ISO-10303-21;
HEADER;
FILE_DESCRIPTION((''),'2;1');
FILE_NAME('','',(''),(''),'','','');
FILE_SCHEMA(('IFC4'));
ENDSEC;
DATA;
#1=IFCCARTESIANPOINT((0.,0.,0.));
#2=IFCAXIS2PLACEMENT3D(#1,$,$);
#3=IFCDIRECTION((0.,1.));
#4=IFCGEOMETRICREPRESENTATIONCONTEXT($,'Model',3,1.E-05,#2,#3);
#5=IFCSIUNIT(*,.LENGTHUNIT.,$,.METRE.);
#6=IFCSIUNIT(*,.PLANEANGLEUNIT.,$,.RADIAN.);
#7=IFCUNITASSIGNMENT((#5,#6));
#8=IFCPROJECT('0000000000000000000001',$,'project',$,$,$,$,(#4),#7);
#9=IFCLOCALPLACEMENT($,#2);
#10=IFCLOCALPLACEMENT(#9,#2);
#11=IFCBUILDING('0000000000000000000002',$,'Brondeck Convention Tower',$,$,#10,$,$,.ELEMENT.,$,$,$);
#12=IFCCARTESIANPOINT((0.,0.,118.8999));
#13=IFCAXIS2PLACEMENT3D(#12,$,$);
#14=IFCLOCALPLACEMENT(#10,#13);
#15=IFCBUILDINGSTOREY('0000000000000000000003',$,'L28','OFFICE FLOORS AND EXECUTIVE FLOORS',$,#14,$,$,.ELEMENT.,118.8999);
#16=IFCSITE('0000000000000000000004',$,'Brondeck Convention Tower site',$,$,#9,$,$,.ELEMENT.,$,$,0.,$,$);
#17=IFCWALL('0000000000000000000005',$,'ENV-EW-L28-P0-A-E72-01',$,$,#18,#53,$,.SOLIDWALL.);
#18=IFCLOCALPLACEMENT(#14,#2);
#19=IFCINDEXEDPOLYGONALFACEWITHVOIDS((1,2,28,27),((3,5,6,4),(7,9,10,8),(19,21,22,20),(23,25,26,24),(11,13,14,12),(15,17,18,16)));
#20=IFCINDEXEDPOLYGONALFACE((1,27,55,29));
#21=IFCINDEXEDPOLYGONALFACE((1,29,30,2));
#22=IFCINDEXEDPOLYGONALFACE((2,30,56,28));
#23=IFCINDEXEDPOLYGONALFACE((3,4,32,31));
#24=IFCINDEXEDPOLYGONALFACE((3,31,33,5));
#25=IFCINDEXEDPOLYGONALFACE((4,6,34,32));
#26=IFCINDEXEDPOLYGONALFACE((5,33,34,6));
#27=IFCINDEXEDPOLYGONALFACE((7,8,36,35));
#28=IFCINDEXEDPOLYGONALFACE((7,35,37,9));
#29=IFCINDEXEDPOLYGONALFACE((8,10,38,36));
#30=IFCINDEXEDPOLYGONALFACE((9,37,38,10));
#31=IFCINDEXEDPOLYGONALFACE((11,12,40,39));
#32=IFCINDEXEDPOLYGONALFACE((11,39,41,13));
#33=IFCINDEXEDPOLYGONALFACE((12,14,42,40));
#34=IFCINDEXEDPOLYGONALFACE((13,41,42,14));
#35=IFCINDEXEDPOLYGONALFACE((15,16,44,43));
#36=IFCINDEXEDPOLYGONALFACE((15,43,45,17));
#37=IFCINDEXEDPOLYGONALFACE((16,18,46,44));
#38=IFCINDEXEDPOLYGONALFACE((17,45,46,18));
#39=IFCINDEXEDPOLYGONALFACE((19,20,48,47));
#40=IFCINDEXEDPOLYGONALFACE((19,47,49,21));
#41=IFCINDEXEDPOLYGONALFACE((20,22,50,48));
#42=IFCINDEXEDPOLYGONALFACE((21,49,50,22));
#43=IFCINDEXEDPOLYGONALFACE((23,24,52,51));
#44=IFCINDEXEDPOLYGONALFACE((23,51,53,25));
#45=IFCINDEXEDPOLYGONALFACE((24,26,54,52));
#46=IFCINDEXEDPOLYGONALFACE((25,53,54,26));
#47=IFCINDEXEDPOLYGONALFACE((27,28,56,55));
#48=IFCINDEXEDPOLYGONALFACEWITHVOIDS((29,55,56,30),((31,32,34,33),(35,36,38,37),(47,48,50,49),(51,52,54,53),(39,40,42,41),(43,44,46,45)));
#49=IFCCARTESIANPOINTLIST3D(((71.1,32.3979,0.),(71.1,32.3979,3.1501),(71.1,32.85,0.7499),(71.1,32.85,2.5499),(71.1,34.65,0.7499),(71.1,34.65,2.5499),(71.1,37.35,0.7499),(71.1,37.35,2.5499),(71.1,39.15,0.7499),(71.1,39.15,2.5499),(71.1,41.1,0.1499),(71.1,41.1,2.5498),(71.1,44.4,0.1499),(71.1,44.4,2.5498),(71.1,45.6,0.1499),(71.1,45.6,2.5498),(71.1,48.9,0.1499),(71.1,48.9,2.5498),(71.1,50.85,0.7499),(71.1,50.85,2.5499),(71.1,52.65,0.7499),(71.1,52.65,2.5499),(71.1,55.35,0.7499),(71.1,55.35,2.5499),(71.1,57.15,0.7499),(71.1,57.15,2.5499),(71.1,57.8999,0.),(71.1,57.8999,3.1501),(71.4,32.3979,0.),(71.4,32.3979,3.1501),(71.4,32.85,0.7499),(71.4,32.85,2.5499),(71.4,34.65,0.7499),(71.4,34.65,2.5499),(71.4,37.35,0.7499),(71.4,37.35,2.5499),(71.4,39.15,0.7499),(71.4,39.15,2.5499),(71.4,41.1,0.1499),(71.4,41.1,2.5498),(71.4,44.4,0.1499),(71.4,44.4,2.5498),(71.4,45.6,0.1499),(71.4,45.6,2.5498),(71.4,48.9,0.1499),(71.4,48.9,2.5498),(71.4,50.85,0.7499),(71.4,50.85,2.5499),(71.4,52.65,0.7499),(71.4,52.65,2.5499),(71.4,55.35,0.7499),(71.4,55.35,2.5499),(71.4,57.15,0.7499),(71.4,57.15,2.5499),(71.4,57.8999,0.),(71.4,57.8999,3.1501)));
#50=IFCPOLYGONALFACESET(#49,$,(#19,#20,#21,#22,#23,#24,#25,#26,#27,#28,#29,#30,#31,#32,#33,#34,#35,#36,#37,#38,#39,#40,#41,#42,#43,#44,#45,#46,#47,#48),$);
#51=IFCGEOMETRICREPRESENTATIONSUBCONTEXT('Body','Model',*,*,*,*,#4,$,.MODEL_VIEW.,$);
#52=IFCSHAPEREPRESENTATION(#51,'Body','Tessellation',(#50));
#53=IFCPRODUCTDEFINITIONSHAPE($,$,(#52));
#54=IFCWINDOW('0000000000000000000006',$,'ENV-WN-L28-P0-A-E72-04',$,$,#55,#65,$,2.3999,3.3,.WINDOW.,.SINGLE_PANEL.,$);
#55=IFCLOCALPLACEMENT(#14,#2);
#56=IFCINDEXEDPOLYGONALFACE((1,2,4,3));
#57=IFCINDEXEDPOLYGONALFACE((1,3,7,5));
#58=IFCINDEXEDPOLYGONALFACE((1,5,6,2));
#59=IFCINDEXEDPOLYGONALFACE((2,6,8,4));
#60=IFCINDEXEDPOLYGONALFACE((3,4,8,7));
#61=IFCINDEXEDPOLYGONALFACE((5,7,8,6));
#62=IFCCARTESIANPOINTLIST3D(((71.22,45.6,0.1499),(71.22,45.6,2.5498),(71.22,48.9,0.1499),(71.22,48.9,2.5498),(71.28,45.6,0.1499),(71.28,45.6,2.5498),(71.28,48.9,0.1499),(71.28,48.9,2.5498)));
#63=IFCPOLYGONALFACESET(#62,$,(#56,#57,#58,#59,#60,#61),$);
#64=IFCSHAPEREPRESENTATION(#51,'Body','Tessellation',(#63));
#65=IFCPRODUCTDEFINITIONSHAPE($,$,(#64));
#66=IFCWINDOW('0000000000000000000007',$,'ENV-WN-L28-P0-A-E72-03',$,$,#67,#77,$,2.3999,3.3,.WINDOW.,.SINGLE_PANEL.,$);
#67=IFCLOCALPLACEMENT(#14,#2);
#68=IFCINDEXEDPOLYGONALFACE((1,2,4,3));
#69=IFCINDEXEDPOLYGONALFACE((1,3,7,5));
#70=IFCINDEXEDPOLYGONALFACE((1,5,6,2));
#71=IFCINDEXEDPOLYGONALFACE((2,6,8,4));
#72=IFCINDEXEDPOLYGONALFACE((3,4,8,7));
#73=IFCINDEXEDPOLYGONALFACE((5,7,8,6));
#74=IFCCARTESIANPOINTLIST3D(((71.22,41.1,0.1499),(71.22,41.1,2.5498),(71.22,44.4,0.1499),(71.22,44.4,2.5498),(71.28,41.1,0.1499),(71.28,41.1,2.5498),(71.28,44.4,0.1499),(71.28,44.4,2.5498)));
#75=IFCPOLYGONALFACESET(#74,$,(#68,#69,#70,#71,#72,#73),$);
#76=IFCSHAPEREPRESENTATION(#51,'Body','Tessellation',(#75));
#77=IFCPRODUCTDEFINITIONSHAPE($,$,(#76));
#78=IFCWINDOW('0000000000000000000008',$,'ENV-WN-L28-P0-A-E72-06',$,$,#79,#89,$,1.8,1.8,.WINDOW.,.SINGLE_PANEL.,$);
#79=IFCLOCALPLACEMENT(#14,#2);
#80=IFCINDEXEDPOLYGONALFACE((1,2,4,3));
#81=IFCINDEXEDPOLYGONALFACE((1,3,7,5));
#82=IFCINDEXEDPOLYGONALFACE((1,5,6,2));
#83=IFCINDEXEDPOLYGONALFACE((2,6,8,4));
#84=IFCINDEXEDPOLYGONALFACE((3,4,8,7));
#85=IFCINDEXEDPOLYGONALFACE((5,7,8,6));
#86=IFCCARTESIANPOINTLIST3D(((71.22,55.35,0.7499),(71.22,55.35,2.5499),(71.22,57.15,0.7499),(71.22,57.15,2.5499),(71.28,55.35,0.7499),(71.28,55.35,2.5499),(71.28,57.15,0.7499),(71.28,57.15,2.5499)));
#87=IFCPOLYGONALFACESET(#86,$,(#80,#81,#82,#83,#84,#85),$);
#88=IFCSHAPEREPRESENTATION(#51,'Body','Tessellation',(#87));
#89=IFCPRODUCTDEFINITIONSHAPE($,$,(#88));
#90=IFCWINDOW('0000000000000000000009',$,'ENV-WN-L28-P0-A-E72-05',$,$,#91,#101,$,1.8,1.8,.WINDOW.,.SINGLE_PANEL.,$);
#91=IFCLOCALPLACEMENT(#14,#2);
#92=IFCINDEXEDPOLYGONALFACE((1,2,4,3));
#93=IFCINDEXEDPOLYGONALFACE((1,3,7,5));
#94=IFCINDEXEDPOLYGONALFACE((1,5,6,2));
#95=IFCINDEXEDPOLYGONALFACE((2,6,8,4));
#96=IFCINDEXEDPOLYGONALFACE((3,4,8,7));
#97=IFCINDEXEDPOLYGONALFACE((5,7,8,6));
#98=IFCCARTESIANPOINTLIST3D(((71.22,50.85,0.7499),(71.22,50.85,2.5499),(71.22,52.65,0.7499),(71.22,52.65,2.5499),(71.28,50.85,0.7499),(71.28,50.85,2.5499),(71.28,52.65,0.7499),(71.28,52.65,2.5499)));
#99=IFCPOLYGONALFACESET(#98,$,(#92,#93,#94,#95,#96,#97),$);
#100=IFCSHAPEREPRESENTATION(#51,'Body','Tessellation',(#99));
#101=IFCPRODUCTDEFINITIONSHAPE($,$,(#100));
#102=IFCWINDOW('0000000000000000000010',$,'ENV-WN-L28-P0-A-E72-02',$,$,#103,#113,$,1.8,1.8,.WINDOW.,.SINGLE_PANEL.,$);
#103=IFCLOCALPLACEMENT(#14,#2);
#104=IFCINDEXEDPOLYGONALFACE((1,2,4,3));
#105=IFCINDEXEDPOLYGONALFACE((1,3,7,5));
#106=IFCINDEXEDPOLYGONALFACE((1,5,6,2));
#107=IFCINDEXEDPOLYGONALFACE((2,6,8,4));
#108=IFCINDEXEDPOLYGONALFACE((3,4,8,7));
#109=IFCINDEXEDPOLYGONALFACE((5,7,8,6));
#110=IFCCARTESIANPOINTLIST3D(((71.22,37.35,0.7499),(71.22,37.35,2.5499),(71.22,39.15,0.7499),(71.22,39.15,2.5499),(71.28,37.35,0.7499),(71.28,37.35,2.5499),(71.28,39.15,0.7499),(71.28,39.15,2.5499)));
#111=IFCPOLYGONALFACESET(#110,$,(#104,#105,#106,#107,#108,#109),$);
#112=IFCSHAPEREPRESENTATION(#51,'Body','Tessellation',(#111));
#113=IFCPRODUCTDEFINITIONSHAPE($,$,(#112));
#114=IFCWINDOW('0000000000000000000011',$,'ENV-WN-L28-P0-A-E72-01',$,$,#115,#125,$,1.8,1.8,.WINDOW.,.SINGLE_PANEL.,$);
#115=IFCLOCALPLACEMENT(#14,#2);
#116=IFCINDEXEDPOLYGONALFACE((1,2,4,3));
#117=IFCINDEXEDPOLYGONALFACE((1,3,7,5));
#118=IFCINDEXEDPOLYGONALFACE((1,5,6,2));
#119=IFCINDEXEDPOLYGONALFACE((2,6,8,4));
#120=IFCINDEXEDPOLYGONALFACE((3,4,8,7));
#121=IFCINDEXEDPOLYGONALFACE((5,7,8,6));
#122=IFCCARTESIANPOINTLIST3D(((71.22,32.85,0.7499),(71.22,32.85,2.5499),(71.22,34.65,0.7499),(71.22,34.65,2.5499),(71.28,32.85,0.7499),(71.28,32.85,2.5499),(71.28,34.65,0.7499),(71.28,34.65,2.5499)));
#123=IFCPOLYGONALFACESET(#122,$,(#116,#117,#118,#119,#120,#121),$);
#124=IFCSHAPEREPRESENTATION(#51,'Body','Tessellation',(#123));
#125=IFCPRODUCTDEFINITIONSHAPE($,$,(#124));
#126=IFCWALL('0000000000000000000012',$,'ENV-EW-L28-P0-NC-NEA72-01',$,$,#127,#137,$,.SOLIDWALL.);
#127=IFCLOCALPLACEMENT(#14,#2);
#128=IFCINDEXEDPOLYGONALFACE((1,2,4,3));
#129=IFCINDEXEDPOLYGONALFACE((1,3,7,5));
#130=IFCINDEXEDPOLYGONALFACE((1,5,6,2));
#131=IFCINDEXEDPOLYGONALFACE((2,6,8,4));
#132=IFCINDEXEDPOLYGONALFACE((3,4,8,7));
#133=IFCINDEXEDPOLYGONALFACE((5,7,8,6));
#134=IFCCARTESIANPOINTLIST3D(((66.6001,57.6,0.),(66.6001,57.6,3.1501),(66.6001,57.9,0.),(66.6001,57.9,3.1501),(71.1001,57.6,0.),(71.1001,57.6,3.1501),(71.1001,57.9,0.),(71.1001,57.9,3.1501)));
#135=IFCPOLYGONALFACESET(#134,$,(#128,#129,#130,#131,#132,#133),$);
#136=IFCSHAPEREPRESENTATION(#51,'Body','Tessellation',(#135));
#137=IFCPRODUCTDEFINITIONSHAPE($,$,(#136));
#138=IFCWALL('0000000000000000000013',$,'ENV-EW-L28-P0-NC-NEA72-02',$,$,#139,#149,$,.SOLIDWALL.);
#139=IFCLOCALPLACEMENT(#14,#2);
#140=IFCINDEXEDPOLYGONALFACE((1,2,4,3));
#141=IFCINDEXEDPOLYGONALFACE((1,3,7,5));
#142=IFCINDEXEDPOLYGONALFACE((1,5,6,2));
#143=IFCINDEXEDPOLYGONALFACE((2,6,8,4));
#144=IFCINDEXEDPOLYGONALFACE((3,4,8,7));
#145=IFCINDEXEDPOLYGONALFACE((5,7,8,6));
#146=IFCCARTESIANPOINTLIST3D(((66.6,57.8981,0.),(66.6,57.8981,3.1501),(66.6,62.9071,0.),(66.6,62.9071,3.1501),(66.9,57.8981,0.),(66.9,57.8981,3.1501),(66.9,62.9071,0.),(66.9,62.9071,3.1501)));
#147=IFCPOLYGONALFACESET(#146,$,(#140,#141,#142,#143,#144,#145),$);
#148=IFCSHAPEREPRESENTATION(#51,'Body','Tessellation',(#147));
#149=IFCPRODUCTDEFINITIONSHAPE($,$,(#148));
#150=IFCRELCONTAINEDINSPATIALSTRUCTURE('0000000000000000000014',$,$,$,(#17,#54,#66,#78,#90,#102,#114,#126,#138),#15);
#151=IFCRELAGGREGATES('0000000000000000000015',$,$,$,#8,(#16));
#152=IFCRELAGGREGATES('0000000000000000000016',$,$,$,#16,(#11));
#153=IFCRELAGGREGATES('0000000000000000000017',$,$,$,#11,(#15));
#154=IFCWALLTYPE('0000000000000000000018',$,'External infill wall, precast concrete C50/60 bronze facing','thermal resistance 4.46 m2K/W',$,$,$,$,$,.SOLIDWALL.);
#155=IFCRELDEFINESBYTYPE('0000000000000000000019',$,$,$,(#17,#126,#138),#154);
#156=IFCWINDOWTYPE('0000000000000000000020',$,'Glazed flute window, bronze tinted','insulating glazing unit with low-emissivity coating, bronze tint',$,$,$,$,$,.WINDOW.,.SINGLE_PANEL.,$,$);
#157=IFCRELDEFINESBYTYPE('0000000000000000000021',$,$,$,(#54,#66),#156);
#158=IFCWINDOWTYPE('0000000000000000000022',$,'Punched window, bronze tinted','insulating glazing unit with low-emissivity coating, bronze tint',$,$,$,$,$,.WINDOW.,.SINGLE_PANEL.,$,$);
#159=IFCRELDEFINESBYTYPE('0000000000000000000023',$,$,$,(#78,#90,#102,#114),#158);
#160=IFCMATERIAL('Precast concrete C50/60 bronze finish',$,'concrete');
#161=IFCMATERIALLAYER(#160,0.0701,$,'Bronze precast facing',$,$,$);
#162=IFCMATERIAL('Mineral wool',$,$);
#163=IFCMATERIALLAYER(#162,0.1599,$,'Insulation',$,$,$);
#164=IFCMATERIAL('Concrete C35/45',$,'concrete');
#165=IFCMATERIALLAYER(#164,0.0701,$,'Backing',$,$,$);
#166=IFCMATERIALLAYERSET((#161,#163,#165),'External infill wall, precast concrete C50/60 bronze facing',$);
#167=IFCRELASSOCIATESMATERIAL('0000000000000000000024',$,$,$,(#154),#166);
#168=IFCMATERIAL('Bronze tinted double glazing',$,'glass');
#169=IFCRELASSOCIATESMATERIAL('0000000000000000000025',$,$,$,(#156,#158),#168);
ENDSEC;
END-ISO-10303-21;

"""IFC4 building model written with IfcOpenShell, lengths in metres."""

from ifc_helpers import new_model, si_unit, direction, frame, frame_2d, origin, place, context, subcontext, project, spatial, rectangle, extrude, material, layer, layer_set, type_object, element, fill, save


model = new_model("IFC4")

# Units and contexts
model_context = context("Model", 3, precision=1e-05, world=origin(), true_north=direction((0.0, 1.0)))
body_context = subcontext(model_context, "Body", "Model", "MODEL_VIEW")
ifc_project = project(units=[si_unit("LENGTHUNIT", "METRE"), si_unit("PLANEANGLEUNIT", "RADIAN")], contexts=[model_context])

# Site, building, storey
site_placement = place(None, origin())
site = spatial("IfcSite", under=ifc_project, at=site_placement, Name="Brondeck Convention Tower site", CompositionType="ELEMENT", RefElevation=0.0)
building_placement = place(site_placement, origin())
building = spatial("IfcBuilding", under=site, at=building_placement, Name="Brondeck Convention Tower", CompositionType="ELEMENT")
storey_placement = place(building_placement, frame((0.0, 0.0, 118.8999)))
storey = spatial("IfcBuildingStorey", under=building, at=storey_placement, Name="L28", Description="OFFICE FLOORS AND EXECUTIVE FLOORS", CompositionType="ELEMENT", Elevation=118.8999)

# Wall, openings, windows
ifc_material_1 = material(Name="Precast concrete C50/60 bronze finish", Category="concrete")
ifc_layer_1 = layer(ifc_material_1, 0.0701, Name="Bronze precast facing")
ifc_material_2 = material(Name="Mineral wool")
ifc_layer_2 = layer(ifc_material_2, 0.1599, Name="Insulation")
ifc_material_3 = material(Name="Concrete C35/45", Category="concrete")
ifc_layer_3 = layer(ifc_material_3, 0.0701, Name="Backing")
ifc_layer_set_1 = layer_set([ifc_layer_1, ifc_layer_2, ifc_layer_3], Name="External infill wall, precast concrete C50/60 bronze facing")
wall_type_1 = type_object("IfcWallType", Name="External infill wall, precast concrete C50/60 bronze facing", Description="thermal resistance 4.46 m2K/W", PredefinedType="SOLIDWALL", material=ifc_layer_set_1)
wall_1_placement = place(storey_placement, frame((71.25, 57.8999, 0.0), z_axis=(0.0, 0.0, 1.0), x_axis=(0.0, -1.0, 0.0)))
wall_1 = element("IfcWall", 1, at=wall_1_placement, inside=storey, type_object=wall_type_1, Name="ENV-EW-L28-P0-A-E72-01", PredefinedType="SOLIDWALL", context=body_context, shape_type="SweptSolid", body=[
    extrude(rectangle(XDim=25.502, YDim=0.3, at=frame_2d((12.751, 0.0))), origin(), (0.0, 0.0, 1.0), 3.1501),
])
opening_1_placement = place(wall_1_placement, frame((0.75, 0.0, 0.75)))
opening_1 = element("IfcOpeningElement", 2, at=opening_1_placement, cuts=wall_1, PredefinedType="OPENING", context=body_context, shape_type="SweptSolid", body=[
    extrude(rectangle(XDim=1.8, YDim=1.8, at=frame_2d((0.8999, 0.8999))), frame((0.0, 0.1599, 0.0), z_axis=(0.0, -1.0, 0.0), x_axis=(1.0, 0.0, 0.0)), (0.0, 0.0, 1.0), 0.3201),
])
opening_2_placement = place(wall_1_placement, frame((5.25, 0.0, 0.75)))
opening_2 = element("IfcOpeningElement", 3, at=opening_2_placement, cuts=wall_1, PredefinedType="OPENING", context=body_context, shape_type="SweptSolid", body=[
    extrude(rectangle(XDim=1.8, YDim=1.8, at=frame_2d((0.8999, 0.8999))), frame((0.0, 0.1599, 0.0), z_axis=(0.0, -1.0, 0.0), x_axis=(1.0, 0.0, 0.0)), (0.0, 0.0, 1.0), 0.3201),
])
opening_3_placement = place(wall_1_placement, frame((9.0, 0.0, 0.1499)))
opening_3 = element("IfcOpeningElement", 4, at=opening_3_placement, cuts=wall_1, PredefinedType="OPENING", context=body_context, shape_type="SweptSolid", body=[
    extrude(rectangle(XDim=3.3, YDim=2.3999, at=frame_2d((1.6499, 1.2))), frame((0.0, 0.1599, 0.0), z_axis=(0.0, -1.0, 0.0), x_axis=(1.0, 0.0, 0.0)), (0.0, 0.0, 1.0), 0.3201),
])
opening_4_placement = place(wall_1_placement, frame((13.5, 0.0, 0.1499)))
opening_4 = element("IfcOpeningElement", 5, at=opening_4_placement, cuts=wall_1, PredefinedType="OPENING", context=body_context, shape_type="SweptSolid", body=[
    extrude(rectangle(XDim=3.3, YDim=2.3999, at=frame_2d((1.6499, 1.2))), frame((0.0, 0.1599, 0.0), z_axis=(0.0, -1.0, 0.0), x_axis=(1.0, 0.0, 0.0)), (0.0, 0.0, 1.0), 0.3201),
])
opening_5_placement = place(wall_1_placement, frame((18.75, 0.0, 0.75)))
opening_5 = element("IfcOpeningElement", 6, at=opening_5_placement, cuts=wall_1, PredefinedType="OPENING", context=body_context, shape_type="SweptSolid", body=[
    extrude(rectangle(XDim=1.8, YDim=1.8, at=frame_2d((0.8999, 0.8999))), frame((0.0, 0.1599, 0.0), z_axis=(0.0, -1.0, 0.0), x_axis=(1.0, 0.0, 0.0)), (0.0, 0.0, 1.0), 0.3201),
])
opening_6_placement = place(wall_1_placement, frame((23.25, 0.0, 0.75)))
opening_6 = element("IfcOpeningElement", 7, at=opening_6_placement, cuts=wall_1, PredefinedType="OPENING", context=body_context, shape_type="SweptSolid", body=[
    extrude(rectangle(XDim=1.8, YDim=1.8, at=frame_2d((0.8999, 0.8999))), frame((0.0, 0.1599, 0.0), z_axis=(0.0, -1.0, 0.0), x_axis=(1.0, 0.0, 0.0)), (0.0, 0.0, 1.0), 0.3201),
])
ifc_material_4 = material(Name="Bronze tinted double glazing", Category="glass")
window_type_1 = type_object("IfcWindowType", Name="Glazed flute window, bronze tinted", Description="insulating glazing unit with low-emissivity coating, bronze tint", PartitioningType="SINGLE_PANEL", PredefinedType="WINDOW", material=ifc_material_4)
window_1_placement = place(opening_3_placement, origin())
window_1 = element("IfcWindow", 8, at=window_1_placement, inside=storey, type_object=window_type_1, Name="ENV-WN-L28-P0-A-E72-04", OverallHeight=2.3999, OverallWidth=3.3, PartitioningType="SINGLE_PANEL", PredefinedType="WINDOW", context=body_context, shape_type="SweptSolid", body=[
    extrude(rectangle(XDim=3.3, YDim=2.3999, at=frame_2d((1.6499, 1.2))), frame((0.0, 0.03, 0.0), z_axis=(0.0, -1.0, 0.0), x_axis=(1.0, 0.0, 0.0)), (0.0, 0.0, 1.0), 0.0601),
])
fill(opening_3, window_1)
window_2_placement = place(opening_4_placement, origin())
window_2 = element("IfcWindow", 9, at=window_2_placement, inside=storey, type_object=window_type_1, Name="ENV-WN-L28-P0-A-E72-03", OverallHeight=2.3999, OverallWidth=3.3, PartitioningType="SINGLE_PANEL", PredefinedType="WINDOW", context=body_context, shape_type="SweptSolid", body=[
    extrude(rectangle(XDim=3.3, YDim=2.3999, at=frame_2d((1.6499, 1.2))), frame((0.0, 0.03, 0.0), z_axis=(0.0, -1.0, 0.0), x_axis=(1.0, 0.0, 0.0)), (0.0, 0.0, 1.0), 0.0601),
])
fill(opening_4, window_2)
window_type_2 = type_object("IfcWindowType", Name="Punched window, bronze tinted", Description="insulating glazing unit with low-emissivity coating, bronze tint", PartitioningType="SINGLE_PANEL", PredefinedType="WINDOW", material=ifc_material_4)
window_3_placement = place(opening_1_placement, origin())
window_3 = element("IfcWindow", 10, at=window_3_placement, inside=storey, type_object=window_type_2, Name="ENV-WN-L28-P0-A-E72-06", OverallHeight=1.8, OverallWidth=1.8, PartitioningType="SINGLE_PANEL", PredefinedType="WINDOW", context=body_context, shape_type="SweptSolid", body=[
    extrude(rectangle(XDim=1.8, YDim=1.8, at=frame_2d((0.8999, 0.8999))), frame((0.0, 0.03, 0.0), z_axis=(0.0, -1.0, 0.0), x_axis=(1.0, 0.0, 0.0)), (0.0, 0.0, 1.0), 0.0601),
])
fill(opening_1, window_3)
window_4_placement = place(opening_2_placement, origin())
window_4 = element("IfcWindow", 11, at=window_4_placement, inside=storey, type_object=window_type_2, Name="ENV-WN-L28-P0-A-E72-05", OverallHeight=1.8, OverallWidth=1.8, PartitioningType="SINGLE_PANEL", PredefinedType="WINDOW", context=body_context, shape_type="SweptSolid", body=[
    extrude(rectangle(XDim=1.8, YDim=1.8, at=frame_2d((0.8999, 0.8999))), frame((0.0, 0.03, 0.0), z_axis=(0.0, -1.0, 0.0), x_axis=(1.0, 0.0, 0.0)), (0.0, 0.0, 1.0), 0.0601),
])
fill(opening_2, window_4)
window_5_placement = place(opening_5_placement, origin())
window_5 = element("IfcWindow", 12, at=window_5_placement, inside=storey, type_object=window_type_2, Name="ENV-WN-L28-P0-A-E72-02", OverallHeight=1.8, OverallWidth=1.8, PartitioningType="SINGLE_PANEL", PredefinedType="WINDOW", context=body_context, shape_type="SweptSolid", body=[
    extrude(rectangle(XDim=1.8, YDim=1.8, at=frame_2d((0.8999, 0.8999))), frame((0.0, 0.03, 0.0), z_axis=(0.0, -1.0, 0.0), x_axis=(1.0, 0.0, 0.0)), (0.0, 0.0, 1.0), 0.0601),
])
fill(opening_5, window_5)
window_6_placement = place(opening_6_placement, origin())
window_6 = element("IfcWindow", 13, at=window_6_placement, inside=storey, type_object=window_type_2, Name="ENV-WN-L28-P0-A-E72-01", OverallHeight=1.8, OverallWidth=1.8, PartitioningType="SINGLE_PANEL", PredefinedType="WINDOW", context=body_context, shape_type="SweptSolid", body=[
    extrude(rectangle(XDim=1.8, YDim=1.8, at=frame_2d((0.8999, 0.8999))), frame((0.0, 0.03, 0.0), z_axis=(0.0, -1.0, 0.0), x_axis=(1.0, 0.0, 0.0)), (0.0, 0.0, 1.0), 0.0601),
])
fill(opening_6, window_6)

# Walls
wall_2_placement = place(storey_placement, frame((66.6001, 57.75, 0.0), z_axis=(0.0, 0.0, 1.0), x_axis=(1.0, 0.0, 0.0)))
element("IfcWall", 14, at=wall_2_placement, inside=storey, type_object=wall_type_1, Name="ENV-EW-L28-P0-NC-NEA72-01", PredefinedType="SOLIDWALL", context=body_context, shape_type="SweptSolid", body=[
    extrude(rectangle(XDim=4.5, YDim=0.3, at=frame_2d((2.25, 0.0))), origin(), (0.0, 0.0, 1.0), 3.1501),
])
wall_3_placement = place(storey_placement, frame((66.75, 62.907, 0.0), z_axis=(0.0, 0.0, 1.0), x_axis=(0.0, -1.0, 0.0)))
element("IfcWall", 15, at=wall_3_placement, inside=storey, type_object=wall_type_1, Name="ENV-EW-L28-P0-NC-NEA72-02", PredefinedType="SOLIDWALL", context=body_context, shape_type="SweptSolid", body=[
    extrude(rectangle(XDim=5.009, YDim=0.3, at=frame_2d((2.5044, 0.0))), origin(), (0.0, 0.0, 1.0), 3.1501),
])

save(model, "model.ifc")
